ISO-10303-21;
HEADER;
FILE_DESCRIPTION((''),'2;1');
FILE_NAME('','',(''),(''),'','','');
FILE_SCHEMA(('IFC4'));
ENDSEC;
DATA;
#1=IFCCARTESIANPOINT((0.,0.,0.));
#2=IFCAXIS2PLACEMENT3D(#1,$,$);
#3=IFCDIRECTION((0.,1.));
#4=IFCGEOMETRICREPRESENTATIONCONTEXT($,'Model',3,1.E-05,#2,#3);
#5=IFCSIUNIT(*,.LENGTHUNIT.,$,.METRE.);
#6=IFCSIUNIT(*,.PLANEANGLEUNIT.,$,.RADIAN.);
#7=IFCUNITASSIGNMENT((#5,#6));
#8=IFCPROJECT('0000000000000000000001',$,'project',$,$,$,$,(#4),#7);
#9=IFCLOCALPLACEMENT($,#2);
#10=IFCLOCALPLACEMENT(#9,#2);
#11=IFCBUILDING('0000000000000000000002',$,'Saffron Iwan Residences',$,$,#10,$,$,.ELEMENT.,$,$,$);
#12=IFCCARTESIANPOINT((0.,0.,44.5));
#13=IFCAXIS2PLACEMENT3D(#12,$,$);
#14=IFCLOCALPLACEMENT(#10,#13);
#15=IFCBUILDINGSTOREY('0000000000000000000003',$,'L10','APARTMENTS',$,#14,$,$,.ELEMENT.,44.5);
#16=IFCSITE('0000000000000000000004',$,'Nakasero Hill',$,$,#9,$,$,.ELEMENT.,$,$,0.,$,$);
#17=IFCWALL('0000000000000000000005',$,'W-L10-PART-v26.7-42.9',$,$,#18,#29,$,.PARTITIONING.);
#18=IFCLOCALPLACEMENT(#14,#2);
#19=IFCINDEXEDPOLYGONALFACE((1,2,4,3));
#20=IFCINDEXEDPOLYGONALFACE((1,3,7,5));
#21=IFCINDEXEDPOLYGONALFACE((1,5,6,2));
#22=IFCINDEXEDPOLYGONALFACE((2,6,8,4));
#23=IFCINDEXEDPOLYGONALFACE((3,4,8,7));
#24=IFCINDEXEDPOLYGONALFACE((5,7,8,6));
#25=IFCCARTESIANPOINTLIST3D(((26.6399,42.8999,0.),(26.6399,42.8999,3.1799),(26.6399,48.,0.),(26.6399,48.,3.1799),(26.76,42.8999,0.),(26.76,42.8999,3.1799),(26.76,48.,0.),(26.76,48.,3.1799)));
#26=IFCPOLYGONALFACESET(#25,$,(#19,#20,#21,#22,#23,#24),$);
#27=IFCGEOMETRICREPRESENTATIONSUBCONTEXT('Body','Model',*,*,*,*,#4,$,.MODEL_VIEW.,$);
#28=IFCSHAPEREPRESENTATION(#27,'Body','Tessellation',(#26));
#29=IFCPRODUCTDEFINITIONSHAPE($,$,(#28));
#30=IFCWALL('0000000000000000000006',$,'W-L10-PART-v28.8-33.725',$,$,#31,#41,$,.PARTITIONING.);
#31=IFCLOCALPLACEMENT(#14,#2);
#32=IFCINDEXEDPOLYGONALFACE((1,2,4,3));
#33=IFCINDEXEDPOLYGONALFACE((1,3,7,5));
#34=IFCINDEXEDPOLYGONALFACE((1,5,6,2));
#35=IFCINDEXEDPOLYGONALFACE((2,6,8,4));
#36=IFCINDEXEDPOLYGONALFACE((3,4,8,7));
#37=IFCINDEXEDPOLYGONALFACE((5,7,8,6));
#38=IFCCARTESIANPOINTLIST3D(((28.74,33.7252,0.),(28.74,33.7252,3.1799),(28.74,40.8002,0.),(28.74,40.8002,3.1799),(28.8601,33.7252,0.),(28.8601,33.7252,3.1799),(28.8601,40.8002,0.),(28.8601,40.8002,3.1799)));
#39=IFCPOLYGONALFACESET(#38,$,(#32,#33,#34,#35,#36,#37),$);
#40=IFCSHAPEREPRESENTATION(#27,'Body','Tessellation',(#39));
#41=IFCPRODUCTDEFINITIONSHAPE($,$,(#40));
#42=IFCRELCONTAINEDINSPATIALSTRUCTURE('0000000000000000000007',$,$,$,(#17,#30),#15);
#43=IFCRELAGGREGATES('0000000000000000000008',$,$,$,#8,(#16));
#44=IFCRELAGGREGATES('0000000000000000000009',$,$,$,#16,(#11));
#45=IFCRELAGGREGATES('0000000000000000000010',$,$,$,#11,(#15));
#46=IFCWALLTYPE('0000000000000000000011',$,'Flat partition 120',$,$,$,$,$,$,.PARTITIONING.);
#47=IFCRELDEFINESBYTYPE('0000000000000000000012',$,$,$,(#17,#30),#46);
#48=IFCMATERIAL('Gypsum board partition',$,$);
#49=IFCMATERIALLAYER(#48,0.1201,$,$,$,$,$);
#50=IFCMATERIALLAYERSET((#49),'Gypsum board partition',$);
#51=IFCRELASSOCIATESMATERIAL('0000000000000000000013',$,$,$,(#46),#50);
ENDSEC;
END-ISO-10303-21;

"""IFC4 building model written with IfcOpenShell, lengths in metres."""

from ifc_helpers import new_model, si_unit, direction, frame, frame_2d, origin, place, context, subcontext, project, spatial, rectangle, extrude, material, layer, layer_set, type_object, element, save


model = new_model("IFC4")

# Units and contexts
model_context = context("Model", 3, precision=1e-05, world=origin(), true_north=direction((0.0, 1.0)))
body_context = subcontext(model_context, "Body", "Model", "MODEL_VIEW")
ifc_project = project(units=[si_unit("LENGTHUNIT", "METRE"), si_unit("PLANEANGLEUNIT", "RADIAN")], contexts=[model_context])

# Site, building, storey
site_placement = place(None, origin())
site = spatial("IfcSite", under=ifc_project, at=site_placement, Name="Nakasero Hill", CompositionType="ELEMENT", RefElevation=0.0)
building_placement = place(site_placement, origin())
building = spatial("IfcBuilding", under=site, at=building_placement, Name="Saffron Iwan Residences", CompositionType="ELEMENT")
storey_placement = place(building_placement, frame((0.0, 0.0, 44.5)))
storey = spatial("IfcBuildingStorey", under=building, at=storey_placement, Name="L10", Description="APARTMENTS", CompositionType="ELEMENT", Elevation=44.5)

# Shared definitions
ifc_material_1 = material(Name="Gypsum board partition")
ifc_layer_1 = layer(ifc_material_1, 0.1201)
ifc_layer_set_1 = layer_set([ifc_layer_1], Name="Gypsum board partition")
wall_type_1 = type_object("IfcWallType", Name="Flat partition 120", PredefinedType="PARTITIONING", material=ifc_layer_set_1)

# Walls
wall_1_placement = place(storey_placement, frame((26.7, 42.8999, 0.0), z_axis=(0.0, 0.0, 1.0), x_axis=(0.0, 1.0, 0.0)))
element("IfcWall", 1, at=wall_1_placement, inside=storey, type_object=wall_type_1, Name="W-L10-PART-v26.7-42.9", PredefinedType="PARTITIONING", context=body_context, shape_type="SweptSolid", body=[
    extrude(rectangle(XDim=5.1001, YDim=0.1201, at=frame_2d((2.55, 0.0))), origin(), (0.0, 0.0, 1.0), 3.1799),
])
wall_2_placement = place(storey_placement, frame((28.8, 33.7251, 0.0), z_axis=(0.0, 0.0, 1.0), x_axis=(0.0, 1.0, 0.0)))
element("IfcWall", 2, at=wall_2_placement, inside=storey, type_object=wall_type_1, Name="W-L10-PART-v28.8-33.725", PredefinedType="PARTITIONING", context=body_context, shape_type="SweptSolid", body=[
    extrude(rectangle(XDim=7.075, YDim=0.1201, at=frame_2d((3.5376, 0.0))), origin(), (0.0, 0.0, 1.0), 3.1799),
])

save(model, "model.ifc")
